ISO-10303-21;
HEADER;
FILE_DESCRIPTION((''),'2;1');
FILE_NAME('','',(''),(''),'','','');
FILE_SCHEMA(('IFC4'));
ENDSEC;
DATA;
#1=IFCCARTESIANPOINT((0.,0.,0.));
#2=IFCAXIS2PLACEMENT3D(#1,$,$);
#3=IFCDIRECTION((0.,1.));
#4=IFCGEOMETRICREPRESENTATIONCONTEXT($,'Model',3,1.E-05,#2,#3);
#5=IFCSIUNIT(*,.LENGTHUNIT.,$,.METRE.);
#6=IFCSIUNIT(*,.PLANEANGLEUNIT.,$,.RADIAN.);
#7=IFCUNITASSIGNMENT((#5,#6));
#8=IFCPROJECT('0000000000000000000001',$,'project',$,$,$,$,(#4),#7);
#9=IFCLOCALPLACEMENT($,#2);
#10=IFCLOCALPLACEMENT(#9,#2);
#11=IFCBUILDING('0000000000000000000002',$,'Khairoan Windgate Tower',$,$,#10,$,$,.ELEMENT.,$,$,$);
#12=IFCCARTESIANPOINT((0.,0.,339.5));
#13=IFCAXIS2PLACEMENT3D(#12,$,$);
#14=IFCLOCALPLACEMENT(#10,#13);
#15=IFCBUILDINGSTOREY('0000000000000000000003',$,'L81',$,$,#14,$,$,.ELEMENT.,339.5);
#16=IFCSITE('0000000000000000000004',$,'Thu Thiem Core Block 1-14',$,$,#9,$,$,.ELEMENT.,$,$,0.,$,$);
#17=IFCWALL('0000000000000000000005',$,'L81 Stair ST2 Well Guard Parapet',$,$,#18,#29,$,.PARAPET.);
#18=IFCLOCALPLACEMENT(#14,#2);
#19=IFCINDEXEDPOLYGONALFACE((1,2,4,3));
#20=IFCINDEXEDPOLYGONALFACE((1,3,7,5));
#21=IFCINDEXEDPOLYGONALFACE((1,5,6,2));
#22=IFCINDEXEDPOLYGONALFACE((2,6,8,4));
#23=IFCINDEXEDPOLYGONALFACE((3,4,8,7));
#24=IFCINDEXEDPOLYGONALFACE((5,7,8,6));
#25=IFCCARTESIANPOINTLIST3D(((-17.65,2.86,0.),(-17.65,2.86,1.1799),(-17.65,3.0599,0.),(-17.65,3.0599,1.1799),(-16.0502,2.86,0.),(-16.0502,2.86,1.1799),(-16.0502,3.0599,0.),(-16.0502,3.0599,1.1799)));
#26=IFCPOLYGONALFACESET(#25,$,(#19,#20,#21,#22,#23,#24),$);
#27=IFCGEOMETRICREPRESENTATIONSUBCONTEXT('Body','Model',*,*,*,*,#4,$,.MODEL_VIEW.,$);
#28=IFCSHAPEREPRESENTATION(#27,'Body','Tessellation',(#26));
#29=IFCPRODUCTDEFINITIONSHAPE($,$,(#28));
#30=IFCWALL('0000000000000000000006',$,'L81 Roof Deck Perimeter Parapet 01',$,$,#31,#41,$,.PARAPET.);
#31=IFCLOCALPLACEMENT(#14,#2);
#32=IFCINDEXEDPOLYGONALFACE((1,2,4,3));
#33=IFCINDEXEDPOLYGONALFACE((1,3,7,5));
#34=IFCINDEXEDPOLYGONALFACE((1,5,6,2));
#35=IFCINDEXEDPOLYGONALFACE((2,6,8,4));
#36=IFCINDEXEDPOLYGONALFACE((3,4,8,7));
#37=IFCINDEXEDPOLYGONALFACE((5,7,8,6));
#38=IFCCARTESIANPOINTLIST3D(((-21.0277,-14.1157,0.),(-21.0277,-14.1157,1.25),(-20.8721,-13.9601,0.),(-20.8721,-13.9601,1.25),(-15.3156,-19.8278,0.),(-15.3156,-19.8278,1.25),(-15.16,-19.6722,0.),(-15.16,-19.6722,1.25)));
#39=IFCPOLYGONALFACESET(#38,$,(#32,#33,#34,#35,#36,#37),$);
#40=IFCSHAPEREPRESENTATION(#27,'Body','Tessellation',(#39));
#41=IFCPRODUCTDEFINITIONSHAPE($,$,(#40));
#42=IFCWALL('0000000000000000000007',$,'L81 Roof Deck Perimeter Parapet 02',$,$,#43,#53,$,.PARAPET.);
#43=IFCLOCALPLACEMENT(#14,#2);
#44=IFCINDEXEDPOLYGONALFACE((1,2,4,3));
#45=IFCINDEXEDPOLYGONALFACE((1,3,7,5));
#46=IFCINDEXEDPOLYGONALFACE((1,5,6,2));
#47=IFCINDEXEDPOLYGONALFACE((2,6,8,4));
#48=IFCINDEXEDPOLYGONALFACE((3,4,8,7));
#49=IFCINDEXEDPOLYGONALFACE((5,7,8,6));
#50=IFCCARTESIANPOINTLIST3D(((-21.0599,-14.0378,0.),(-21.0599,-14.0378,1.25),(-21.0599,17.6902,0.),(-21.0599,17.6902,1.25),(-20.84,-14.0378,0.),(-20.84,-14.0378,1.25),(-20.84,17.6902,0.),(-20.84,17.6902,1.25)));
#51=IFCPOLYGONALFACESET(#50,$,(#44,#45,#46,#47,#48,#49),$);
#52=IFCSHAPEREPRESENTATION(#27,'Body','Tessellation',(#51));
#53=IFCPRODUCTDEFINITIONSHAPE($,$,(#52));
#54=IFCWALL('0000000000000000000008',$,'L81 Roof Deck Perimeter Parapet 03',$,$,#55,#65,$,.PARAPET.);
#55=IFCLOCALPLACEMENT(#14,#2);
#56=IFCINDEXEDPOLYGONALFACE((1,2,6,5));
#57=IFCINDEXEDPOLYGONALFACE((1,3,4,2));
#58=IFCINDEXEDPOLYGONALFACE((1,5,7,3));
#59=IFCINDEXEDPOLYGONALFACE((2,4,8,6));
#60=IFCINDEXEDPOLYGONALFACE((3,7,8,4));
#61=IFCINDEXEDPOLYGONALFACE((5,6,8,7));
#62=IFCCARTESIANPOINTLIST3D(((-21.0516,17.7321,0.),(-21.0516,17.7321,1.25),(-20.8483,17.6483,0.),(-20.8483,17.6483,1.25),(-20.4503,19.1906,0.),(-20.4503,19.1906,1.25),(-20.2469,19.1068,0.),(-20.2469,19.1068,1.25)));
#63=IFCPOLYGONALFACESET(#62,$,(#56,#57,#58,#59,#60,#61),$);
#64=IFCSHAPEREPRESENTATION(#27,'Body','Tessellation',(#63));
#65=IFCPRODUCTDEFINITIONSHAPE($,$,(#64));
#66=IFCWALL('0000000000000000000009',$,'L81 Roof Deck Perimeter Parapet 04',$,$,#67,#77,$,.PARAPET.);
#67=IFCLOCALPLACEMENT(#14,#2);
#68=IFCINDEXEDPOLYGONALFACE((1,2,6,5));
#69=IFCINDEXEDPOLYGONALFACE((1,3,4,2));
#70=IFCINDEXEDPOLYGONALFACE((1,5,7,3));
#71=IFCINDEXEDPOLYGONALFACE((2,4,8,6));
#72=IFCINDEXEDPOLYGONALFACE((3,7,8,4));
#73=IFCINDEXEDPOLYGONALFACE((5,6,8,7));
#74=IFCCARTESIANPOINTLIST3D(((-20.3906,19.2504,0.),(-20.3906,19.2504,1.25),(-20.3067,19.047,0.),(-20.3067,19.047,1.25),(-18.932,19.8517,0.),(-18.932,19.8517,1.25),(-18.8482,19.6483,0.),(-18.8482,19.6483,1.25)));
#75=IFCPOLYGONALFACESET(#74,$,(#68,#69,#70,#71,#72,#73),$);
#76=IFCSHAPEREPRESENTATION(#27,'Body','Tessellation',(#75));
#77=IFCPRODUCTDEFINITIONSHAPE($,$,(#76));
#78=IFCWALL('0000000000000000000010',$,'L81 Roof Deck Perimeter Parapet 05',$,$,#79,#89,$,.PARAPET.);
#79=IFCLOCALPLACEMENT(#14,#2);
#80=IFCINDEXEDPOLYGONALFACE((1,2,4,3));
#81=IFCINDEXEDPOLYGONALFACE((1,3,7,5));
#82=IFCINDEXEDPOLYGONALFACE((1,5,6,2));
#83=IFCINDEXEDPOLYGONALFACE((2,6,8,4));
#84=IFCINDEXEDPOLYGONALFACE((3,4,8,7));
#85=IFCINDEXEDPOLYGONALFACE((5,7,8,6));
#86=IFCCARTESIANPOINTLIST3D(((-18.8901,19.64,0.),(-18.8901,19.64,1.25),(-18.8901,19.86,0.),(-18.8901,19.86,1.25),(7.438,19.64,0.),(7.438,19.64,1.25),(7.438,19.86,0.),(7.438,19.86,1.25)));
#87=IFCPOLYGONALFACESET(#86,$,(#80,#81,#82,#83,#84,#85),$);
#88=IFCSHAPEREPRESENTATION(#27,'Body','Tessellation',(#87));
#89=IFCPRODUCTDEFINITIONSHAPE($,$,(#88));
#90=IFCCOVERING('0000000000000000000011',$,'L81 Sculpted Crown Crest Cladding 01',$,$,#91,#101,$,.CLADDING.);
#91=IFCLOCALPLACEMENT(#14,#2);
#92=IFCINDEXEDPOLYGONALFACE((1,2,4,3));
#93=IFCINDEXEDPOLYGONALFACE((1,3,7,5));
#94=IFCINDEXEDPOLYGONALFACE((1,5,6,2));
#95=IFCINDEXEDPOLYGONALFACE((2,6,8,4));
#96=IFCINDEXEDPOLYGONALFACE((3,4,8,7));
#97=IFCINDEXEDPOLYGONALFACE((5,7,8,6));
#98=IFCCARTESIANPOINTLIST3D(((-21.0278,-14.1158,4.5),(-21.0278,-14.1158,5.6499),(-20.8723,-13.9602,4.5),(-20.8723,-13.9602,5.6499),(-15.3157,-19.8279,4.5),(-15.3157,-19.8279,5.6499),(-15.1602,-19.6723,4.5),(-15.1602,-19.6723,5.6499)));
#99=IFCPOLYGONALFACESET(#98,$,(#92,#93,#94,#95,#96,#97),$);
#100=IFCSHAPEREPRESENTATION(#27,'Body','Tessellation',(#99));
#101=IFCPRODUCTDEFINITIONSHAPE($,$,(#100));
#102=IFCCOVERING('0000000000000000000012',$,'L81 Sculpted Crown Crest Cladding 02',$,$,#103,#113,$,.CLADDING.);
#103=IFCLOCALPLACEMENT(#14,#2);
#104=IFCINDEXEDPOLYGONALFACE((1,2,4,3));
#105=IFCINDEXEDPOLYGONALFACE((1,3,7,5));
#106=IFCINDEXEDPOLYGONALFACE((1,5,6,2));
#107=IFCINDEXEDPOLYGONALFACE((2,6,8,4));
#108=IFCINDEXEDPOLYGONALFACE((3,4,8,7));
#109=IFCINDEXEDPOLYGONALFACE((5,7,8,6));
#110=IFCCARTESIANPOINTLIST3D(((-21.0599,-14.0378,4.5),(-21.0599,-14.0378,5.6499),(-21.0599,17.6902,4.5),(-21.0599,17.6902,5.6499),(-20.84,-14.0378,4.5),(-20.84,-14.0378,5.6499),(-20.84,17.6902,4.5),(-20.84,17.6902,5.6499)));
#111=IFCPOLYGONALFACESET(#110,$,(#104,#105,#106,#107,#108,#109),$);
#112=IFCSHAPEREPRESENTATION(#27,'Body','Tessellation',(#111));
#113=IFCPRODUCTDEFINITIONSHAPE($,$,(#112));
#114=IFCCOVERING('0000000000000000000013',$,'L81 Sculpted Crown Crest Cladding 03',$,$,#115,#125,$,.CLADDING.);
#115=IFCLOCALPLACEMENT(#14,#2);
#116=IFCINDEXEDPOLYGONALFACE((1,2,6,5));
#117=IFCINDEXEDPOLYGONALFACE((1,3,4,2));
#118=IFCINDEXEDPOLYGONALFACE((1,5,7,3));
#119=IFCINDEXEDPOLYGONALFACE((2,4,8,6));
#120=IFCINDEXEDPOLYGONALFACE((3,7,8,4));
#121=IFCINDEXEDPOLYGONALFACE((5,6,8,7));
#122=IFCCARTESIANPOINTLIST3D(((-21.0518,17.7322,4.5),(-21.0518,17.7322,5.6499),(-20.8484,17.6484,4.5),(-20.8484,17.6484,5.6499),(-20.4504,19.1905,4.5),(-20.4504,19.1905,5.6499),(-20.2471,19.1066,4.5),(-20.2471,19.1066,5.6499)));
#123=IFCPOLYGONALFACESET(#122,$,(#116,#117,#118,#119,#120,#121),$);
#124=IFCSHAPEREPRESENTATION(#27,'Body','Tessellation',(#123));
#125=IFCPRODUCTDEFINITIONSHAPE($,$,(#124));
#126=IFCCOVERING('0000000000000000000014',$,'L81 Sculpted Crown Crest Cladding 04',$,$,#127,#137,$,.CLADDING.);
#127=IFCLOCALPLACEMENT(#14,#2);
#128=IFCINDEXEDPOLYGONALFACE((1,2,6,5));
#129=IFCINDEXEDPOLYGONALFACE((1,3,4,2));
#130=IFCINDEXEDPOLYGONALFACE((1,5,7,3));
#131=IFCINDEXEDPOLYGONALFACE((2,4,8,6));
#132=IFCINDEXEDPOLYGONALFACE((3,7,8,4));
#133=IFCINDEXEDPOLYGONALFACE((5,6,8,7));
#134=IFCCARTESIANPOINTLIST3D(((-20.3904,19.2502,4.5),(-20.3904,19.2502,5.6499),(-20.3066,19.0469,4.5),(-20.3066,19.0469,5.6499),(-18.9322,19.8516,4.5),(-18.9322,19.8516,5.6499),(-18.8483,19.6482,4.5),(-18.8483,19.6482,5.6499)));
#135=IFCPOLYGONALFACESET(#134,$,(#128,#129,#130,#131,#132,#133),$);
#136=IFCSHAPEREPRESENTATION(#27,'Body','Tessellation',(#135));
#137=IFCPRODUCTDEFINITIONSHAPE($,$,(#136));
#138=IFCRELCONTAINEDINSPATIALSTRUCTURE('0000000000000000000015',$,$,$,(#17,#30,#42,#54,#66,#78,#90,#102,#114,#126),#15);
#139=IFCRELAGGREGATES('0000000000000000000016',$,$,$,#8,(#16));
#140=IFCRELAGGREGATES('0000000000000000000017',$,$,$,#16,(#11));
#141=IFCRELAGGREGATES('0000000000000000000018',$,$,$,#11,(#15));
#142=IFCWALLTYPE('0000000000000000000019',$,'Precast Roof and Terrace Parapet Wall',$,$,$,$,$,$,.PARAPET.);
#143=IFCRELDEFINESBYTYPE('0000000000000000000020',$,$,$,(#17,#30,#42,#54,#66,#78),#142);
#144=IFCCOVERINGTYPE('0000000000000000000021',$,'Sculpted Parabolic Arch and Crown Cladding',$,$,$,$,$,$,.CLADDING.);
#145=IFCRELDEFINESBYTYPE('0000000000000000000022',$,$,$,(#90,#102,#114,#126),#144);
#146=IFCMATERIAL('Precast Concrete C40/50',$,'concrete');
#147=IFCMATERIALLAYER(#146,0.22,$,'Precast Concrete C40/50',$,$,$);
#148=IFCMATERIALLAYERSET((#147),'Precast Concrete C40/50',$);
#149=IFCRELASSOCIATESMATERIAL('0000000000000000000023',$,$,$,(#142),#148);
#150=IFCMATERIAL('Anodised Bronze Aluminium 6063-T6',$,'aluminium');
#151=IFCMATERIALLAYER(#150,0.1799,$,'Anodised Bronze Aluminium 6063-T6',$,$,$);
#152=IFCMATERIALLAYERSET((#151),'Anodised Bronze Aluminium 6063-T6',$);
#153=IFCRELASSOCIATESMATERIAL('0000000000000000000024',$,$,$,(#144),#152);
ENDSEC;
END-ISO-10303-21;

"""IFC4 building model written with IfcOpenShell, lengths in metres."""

from ifc_helpers import new_model, si_unit, direction, frame, frame_2d, origin, origin_2d, place, context, subcontext, project, spatial, rectangle, extrude, material, layer, layer_set, type_object, element, save


model = new_model("IFC4")

# Units and contexts
model_context = context("Model", 3, precision=1e-05, world=origin(), true_north=direction((0.0, 1.0)))
body_context = subcontext(model_context, "Body", "Model", "MODEL_VIEW")
ifc_project = project(units=[si_unit("LENGTHUNIT", "METRE"), si_unit("PLANEANGLEUNIT", "RADIAN")], contexts=[model_context])

# Site, building, storey
site_placement = place(None, origin())
site = spatial("IfcSite", under=ifc_project, at=site_placement, Name="Thu Thiem Core Block 1-14", CompositionType="ELEMENT", RefElevation=0.0)
building_placement = place(site_placement, origin())
building = spatial("IfcBuilding", under=site, at=building_placement, Name="Khairoan Windgate Tower", CompositionType="ELEMENT")
storey_placement = place(building_placement, frame((0.0, 0.0, 339.5)))
storey = spatial("IfcBuildingStorey", under=building, at=storey_placement, Name="L81", CompositionType="ELEMENT", Elevation=339.5)

# Walls
ifc_material_1 = material(Name="Precast Concrete C40/50", Category="concrete")
ifc_layer_1 = layer(ifc_material_1, 0.22, Name="Precast Concrete C40/50")
ifc_layer_set_1 = layer_set([ifc_layer_1], Name="Precast Concrete C40/50")
wall_type_1 = type_object("IfcWallType", Name="Precast Roof and Terrace Parapet Wall", PredefinedType="PARAPET", material=ifc_layer_set_1)
wall_1_placement = place(storey_placement, frame((-17.6499, 2.96, 0.0), z_axis=(0.0, 0.0, 1.0), x_axis=(1.0, 0.0, 0.0)))
element("IfcWall", 1, at=wall_1_placement, inside=storey, type_object=wall_type_1, Name="L81 Stair ST2 Well Guard Parapet", PredefinedType="PARAPET", context=body_context, shape_type="SweptSolid", body=[
    extrude(rectangle(XDim=1.5999, YDim=0.2, at=frame_2d((0.7998, 0.0))), origin(), (0.0, 0.0, 1.0), 1.1799),
])
wall_2_placement = place(storey_placement, frame((-15.2378, -19.75, 0.0), z_axis=(0.0, 0.0, 1.0), x_axis=(-0.707107, 0.707107, 0.0)))
element("IfcWall", 2, at=wall_2_placement, inside=storey, type_object=wall_type_1, Name="L81 Roof Deck Perimeter Parapet 01", PredefinedType="PARAPET", context=body_context, shape_type="SweptSolid", body=[
    extrude(rectangle(XDim=8.0781, YDim=0.22, at=frame_2d((4.0391, 0.0))), origin(), (0.0, 0.0, 1.0), 1.25),
])
wall_3_placement = place(storey_placement, frame((-20.95, -14.0378, 0.0), z_axis=(0.0, 0.0, 1.0), x_axis=(0.0, 1.0, 0.0)))
element("IfcWall", 3, at=wall_3_placement, inside=storey, type_object=wall_type_1, Name="L81 Roof Deck Perimeter Parapet 02", PredefinedType="PARAPET", context=body_context, shape_type="SweptSolid", body=[
    extrude(rectangle(XDim=31.728, YDim=0.22, at=frame_2d((15.864, 0.0))), origin(), (0.0, 0.0, 1.0), 1.25),
])
for number, where, z_axis, x_axis, name in (
    (4, (-20.95, 17.6902, 0.0), (0.0, 0.0, 1.0), (0.381162, 0.924508, 0.0), "L81 Roof Deck Perimeter Parapet 03"),
    (5, (-20.3486, 19.1487, 0.0), (0.0, 0.0, 1.0), (0.924508, 0.381162, 0.0), "L81 Roof Deck Perimeter Parapet 04"),
):
    element("IfcWall", number, at=place(storey_placement, frame(where, z_axis=z_axis, x_axis=x_axis)), inside=storey, type_object=wall_type_1, Name=name, PredefinedType="PARAPET", context=body_context, shape_type="SweptSolid", body=[
        extrude(rectangle(XDim=1.5776, YDim=0.22, at=frame_2d((0.7888, 0.0))), origin(), (0.0, 0.0, 1.0), 1.25),
    ])
wall_4_placement = place(storey_placement, frame((-18.8901, 19.75, 0.0), z_axis=(0.0, 0.0, 1.0), x_axis=(1.0, 0.0, 0.0)))
element("IfcWall", 6, at=wall_4_placement, inside=storey, type_object=wall_type_1, Name="L81 Roof Deck Perimeter Parapet 05", PredefinedType="PARAPET", context=body_context, shape_type="SweptSolid", body=[
    extrude(rectangle(XDim=26.3281, YDim=0.22, at=frame_2d((13.1641, 0.0))), origin(), (0.0, 0.0, 1.0), 1.25),
])

# Coverings
ifc_material_2 = material(Name="Anodised Bronze Aluminium 6063-T6", Category="aluminium")
ifc_layer_2 = layer(ifc_material_2, 0.1799, Name="Anodised Bronze Aluminium 6063-T6")
ifc_layer_set_2 = layer_set([ifc_layer_2], Name="Anodised Bronze Aluminium 6063-T6")
covering_type = type_object("IfcCoveringType", Name="Sculpted Parabolic Arch and Crown Cladding", PredefinedType="CLADDING", material=ifc_layer_set_2)
covering_1_placement = place(storey_placement, frame((-18.094, -16.894, 4.5), z_axis=(0.0, 0.0, 1.0), x_axis=(-0.707107, 0.707107, 0.0)))
element("IfcCovering", 7, at=covering_1_placement, inside=storey, type_object=covering_type, Name="L81 Sculpted Crown Crest Cladding 01", PredefinedType="CLADDING", context=body_context, shape_type="SweptSolid", body=[
    extrude(rectangle(XDim=8.0781, YDim=0.22, at=origin_2d()), origin(), (0.0, 0.0, 1.0), 1.1499),
])
covering_2_placement = place(storey_placement, frame((-20.95, 1.8262, 4.5), z_axis=(0.0, 0.0, 1.0), x_axis=(0.0, 1.0, 0.0)))
element("IfcCovering", 8, at=covering_2_placement, inside=storey, type_object=covering_type, Name="L81 Sculpted Crown Crest Cladding 02", PredefinedType="CLADDING", context=body_context, shape_type="SweptSolid", body=[
    extrude(rectangle(XDim=31.728, YDim=0.22, at=origin_2d()), origin(), (0.0, 0.0, 1.0), 1.1499),
])
for number, where, z_axis, x_axis, name in (
    (9, (-20.6494, 18.4194, 4.5), (0.0, 0.0, 1.0), (0.381232, 0.92448, 0.0), "L81 Sculpted Crown Crest Cladding 03"),
    (10, (-19.6194, 19.4492, 4.5), (0.0, 0.0, 1.0), (0.92448, 0.381232, 0.0), "L81 Sculpted Crown Crest Cladding 04"),
):
    element("IfcCovering", number, at=place(storey_placement, frame(where, z_axis=z_axis, x_axis=x_axis)), inside=storey, type_object=covering_type, Name=name, PredefinedType="CLADDING", context=body_context, shape_type="SweptSolid", body=[
        extrude(rectangle(XDim=1.5774, YDim=0.22, at=origin_2d()), origin(), (0.0, 0.0, 1.0), 1.1499),
    ])

save(model, "model.ifc")
